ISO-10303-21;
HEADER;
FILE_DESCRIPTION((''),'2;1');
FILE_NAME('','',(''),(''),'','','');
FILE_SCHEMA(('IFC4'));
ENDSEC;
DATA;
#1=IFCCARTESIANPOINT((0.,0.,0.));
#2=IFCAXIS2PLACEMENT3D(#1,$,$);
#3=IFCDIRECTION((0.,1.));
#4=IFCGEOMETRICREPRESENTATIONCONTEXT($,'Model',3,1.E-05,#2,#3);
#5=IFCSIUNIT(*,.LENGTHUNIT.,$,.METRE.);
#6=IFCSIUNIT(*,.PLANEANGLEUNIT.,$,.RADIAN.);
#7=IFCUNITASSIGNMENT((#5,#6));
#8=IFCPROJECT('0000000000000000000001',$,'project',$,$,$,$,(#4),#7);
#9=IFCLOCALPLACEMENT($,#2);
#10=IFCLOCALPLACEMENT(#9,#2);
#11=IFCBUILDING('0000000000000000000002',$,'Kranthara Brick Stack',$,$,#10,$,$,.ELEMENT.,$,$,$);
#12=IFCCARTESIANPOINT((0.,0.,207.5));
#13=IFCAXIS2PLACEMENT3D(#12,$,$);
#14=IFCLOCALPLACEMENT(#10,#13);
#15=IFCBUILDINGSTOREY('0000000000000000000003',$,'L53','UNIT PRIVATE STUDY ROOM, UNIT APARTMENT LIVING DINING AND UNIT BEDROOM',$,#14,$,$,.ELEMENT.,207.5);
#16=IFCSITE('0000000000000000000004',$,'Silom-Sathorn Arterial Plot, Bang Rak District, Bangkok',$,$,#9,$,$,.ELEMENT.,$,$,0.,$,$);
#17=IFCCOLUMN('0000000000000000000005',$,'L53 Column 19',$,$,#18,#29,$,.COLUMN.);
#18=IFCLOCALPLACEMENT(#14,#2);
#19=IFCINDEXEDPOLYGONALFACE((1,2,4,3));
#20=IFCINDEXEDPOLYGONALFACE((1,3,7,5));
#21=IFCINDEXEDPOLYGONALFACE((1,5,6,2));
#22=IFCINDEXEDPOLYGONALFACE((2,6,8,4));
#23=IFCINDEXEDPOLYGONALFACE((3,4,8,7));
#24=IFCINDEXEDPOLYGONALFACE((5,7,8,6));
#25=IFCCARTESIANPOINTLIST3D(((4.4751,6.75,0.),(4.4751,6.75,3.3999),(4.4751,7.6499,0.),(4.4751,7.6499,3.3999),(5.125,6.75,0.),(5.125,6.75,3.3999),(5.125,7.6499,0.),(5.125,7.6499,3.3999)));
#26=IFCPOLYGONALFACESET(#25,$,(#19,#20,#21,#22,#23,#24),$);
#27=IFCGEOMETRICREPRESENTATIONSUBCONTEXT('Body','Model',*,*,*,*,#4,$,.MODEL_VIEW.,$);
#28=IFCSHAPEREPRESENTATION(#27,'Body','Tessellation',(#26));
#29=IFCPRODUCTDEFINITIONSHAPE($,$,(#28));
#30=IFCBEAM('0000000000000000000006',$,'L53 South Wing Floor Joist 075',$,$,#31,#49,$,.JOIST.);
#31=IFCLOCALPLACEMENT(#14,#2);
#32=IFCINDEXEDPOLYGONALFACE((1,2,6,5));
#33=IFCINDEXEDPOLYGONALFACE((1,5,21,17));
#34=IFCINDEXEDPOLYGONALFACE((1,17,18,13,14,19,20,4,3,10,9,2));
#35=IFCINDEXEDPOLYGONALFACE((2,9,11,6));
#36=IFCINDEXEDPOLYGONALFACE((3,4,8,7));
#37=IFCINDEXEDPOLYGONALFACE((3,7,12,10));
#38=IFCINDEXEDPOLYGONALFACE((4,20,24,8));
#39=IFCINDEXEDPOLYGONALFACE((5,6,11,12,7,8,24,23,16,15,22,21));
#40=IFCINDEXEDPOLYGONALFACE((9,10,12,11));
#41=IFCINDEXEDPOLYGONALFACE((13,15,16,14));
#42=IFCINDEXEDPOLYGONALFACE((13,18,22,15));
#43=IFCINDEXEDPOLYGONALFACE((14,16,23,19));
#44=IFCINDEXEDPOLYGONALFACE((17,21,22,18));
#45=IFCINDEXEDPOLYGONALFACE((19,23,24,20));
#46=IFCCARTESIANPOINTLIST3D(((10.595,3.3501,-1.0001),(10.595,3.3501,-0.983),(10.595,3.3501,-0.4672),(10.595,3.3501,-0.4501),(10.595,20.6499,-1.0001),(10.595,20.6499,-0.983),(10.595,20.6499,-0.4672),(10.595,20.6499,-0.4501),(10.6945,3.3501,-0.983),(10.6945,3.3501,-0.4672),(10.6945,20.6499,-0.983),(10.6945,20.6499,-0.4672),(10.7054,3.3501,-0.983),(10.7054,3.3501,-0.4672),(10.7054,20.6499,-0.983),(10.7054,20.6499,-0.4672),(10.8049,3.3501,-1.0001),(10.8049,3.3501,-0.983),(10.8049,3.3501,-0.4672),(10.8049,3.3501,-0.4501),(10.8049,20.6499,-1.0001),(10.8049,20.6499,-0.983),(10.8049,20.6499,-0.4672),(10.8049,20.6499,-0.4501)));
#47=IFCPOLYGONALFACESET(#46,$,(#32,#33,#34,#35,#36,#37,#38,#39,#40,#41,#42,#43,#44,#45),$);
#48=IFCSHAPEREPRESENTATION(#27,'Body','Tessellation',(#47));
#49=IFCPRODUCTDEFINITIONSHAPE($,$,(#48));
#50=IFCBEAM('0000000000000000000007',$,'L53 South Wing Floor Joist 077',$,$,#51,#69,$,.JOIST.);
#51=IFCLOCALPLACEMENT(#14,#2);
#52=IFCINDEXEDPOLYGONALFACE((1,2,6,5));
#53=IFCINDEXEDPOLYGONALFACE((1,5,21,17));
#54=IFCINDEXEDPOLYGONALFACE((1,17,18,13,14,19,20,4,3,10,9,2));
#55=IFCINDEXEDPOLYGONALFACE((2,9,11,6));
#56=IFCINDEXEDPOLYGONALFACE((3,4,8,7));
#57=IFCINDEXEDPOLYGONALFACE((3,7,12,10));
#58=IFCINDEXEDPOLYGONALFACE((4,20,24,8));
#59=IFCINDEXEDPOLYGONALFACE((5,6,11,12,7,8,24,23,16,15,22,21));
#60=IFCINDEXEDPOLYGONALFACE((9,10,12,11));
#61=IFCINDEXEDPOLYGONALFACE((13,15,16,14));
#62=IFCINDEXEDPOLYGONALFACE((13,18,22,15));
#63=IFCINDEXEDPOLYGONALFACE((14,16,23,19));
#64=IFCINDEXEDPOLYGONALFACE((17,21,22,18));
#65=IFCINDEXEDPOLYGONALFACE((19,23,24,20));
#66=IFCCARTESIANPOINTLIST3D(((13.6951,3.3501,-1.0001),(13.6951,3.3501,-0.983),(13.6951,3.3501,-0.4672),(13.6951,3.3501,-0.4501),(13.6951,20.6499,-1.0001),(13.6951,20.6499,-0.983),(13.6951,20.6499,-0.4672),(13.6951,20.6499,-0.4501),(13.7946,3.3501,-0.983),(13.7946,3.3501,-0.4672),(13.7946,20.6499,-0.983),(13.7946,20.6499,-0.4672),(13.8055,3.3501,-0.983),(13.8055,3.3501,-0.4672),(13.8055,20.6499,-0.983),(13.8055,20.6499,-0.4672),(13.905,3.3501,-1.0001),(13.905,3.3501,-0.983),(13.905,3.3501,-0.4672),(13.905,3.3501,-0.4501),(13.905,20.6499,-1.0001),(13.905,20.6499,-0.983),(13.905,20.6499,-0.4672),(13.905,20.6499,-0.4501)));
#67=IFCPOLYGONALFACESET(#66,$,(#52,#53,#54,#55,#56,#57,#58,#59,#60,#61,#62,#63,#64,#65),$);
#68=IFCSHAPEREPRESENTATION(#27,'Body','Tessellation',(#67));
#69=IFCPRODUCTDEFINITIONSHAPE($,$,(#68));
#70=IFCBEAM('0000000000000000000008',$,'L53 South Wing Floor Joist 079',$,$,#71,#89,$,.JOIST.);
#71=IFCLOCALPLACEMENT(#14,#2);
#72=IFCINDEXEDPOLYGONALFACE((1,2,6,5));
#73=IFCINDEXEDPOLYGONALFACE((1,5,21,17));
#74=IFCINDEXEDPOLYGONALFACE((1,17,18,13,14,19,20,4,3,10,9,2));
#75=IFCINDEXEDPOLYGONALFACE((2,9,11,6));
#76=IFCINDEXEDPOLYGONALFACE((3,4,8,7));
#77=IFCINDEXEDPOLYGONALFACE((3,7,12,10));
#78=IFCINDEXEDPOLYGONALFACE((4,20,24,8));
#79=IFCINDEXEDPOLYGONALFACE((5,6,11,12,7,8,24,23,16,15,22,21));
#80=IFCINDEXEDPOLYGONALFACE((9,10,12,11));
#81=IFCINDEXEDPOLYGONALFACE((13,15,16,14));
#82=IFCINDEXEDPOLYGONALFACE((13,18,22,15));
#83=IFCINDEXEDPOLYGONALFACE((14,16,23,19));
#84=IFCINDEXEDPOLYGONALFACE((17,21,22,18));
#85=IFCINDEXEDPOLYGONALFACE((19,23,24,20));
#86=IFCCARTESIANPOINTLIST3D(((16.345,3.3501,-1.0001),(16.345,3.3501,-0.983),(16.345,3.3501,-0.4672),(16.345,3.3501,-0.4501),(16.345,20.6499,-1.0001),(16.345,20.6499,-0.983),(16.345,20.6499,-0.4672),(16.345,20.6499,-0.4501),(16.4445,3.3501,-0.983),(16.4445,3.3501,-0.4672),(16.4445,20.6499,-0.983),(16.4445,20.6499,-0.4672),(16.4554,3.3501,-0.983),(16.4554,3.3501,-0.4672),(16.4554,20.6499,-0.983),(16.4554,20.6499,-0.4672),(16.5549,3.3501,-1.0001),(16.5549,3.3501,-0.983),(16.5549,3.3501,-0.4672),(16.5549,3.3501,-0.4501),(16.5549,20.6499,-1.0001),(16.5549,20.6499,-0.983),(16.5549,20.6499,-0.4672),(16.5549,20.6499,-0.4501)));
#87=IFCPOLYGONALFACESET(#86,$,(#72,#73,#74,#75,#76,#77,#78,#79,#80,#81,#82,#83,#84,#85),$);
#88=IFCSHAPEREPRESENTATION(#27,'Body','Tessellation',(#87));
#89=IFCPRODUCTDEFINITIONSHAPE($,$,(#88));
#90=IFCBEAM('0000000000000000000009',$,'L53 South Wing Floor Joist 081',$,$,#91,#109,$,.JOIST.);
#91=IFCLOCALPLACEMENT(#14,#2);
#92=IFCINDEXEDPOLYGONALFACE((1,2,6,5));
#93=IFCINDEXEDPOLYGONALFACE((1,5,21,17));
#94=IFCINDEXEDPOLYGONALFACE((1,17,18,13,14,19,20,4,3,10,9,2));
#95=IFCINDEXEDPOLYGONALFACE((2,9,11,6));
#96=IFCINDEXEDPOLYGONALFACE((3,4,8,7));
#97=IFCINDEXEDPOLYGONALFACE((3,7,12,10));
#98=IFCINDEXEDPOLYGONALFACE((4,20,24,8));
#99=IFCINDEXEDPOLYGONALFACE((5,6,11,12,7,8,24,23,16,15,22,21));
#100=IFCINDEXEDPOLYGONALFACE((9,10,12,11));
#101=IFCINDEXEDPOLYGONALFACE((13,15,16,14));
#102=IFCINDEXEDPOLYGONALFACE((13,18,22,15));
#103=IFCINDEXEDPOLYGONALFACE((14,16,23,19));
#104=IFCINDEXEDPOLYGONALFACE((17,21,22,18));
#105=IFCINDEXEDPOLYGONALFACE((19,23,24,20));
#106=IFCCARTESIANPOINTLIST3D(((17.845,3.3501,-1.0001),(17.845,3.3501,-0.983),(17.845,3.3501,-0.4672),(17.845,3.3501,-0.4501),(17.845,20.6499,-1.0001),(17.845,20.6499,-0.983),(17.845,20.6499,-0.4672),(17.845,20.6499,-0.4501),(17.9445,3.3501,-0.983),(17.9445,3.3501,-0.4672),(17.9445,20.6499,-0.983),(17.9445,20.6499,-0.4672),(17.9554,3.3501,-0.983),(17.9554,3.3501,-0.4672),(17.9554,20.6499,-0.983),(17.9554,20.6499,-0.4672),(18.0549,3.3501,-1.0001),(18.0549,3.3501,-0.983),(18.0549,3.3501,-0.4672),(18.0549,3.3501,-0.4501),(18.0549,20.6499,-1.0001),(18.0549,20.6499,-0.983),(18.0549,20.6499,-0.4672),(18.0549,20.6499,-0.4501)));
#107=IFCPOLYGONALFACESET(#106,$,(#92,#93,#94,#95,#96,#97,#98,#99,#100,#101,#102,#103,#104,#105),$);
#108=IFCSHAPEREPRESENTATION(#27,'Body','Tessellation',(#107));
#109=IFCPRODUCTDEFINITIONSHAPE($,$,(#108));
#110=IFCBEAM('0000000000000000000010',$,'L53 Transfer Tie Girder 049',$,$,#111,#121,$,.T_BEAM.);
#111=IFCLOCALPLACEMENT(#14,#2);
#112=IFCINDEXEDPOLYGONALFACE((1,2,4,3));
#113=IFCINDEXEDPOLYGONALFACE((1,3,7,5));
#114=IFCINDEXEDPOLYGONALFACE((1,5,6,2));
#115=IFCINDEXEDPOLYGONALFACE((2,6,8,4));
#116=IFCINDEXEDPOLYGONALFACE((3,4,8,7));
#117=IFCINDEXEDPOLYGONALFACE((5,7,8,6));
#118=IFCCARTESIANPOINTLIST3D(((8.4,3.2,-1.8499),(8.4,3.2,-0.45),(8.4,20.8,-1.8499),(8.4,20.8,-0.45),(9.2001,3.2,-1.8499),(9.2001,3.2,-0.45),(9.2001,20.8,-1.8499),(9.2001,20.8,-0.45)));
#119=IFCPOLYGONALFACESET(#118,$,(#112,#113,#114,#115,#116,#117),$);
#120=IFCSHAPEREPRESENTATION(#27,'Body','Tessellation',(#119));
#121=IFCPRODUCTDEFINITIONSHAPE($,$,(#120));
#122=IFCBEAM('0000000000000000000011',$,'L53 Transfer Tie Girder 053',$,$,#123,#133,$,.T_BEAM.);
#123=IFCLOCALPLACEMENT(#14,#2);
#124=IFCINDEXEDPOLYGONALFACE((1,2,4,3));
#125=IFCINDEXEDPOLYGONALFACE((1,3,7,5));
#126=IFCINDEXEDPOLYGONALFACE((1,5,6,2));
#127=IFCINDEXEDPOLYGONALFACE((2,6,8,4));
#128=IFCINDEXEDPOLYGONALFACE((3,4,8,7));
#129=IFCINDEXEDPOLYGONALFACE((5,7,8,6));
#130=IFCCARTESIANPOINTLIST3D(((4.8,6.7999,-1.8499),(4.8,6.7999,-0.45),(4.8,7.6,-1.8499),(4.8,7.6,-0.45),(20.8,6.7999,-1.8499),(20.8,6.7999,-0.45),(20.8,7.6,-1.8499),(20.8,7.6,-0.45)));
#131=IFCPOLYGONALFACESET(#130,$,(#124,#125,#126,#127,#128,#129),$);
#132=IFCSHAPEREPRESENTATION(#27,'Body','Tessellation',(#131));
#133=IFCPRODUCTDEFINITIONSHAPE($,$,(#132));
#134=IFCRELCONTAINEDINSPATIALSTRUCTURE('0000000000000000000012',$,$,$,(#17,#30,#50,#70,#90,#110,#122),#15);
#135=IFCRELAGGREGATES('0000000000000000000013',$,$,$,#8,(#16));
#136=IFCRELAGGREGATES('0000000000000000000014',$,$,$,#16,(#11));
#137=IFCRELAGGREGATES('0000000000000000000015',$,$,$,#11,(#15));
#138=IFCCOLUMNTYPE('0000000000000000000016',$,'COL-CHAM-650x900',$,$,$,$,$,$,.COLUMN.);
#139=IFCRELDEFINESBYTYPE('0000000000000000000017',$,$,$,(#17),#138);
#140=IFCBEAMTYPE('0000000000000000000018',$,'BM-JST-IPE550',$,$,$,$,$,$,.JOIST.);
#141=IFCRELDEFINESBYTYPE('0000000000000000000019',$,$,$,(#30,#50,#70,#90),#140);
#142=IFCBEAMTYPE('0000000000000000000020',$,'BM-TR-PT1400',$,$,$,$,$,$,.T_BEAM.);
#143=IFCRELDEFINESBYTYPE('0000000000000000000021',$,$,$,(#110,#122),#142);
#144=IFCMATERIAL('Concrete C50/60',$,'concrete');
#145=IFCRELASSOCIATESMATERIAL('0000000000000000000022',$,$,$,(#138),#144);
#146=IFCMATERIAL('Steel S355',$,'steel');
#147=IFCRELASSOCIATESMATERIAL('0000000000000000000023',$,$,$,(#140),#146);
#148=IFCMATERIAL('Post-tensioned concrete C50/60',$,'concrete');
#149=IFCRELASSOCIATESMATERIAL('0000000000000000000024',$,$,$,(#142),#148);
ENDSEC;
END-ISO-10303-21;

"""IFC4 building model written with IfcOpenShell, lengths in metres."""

from ifc_helpers import new_model, si_unit, direction, frame, origin, origin_2d, place, context, subcontext, project, spatial, rectangle, i_section, extrude, material, material_profile, profile_set, type_object, element, save


model = new_model("IFC4")

# Units and contexts
model_context = context("Model", 3, precision=1e-05, world=origin(), true_north=direction((0.0, 1.0)))
body_context = subcontext(model_context, "Body", "Model", "MODEL_VIEW")
ifc_project = project(units=[si_unit("LENGTHUNIT", "METRE"), si_unit("PLANEANGLEUNIT", "RADIAN")], contexts=[model_context])

# Site, building, storey
site_placement = place(None, origin())
site = spatial("IfcSite", under=ifc_project, at=site_placement, Name="Silom-Sathorn Arterial Plot, Bang Rak District, Bangkok", CompositionType="ELEMENT", RefElevation=0.0)
building_placement = place(site_placement, origin())
building = spatial("IfcBuilding", under=site, at=building_placement, Name="Kranthara Brick Stack", CompositionType="ELEMENT")
storey_placement = place(building_placement, frame((0.0, 0.0, 207.5)))
storey = spatial("IfcBuildingStorey", under=building, at=storey_placement, Name="L53", Description="UNIT PRIVATE STUDY ROOM, UNIT APARTMENT LIVING DINING AND UNIT BEDROOM", CompositionType="ELEMENT", Elevation=207.5)

# Column
ifc_material_1 = material(Name="Concrete C50/60", Category="concrete")
ifc_material_profile_1 = material_profile(ifc_material_1, rectangle(XDim=0.6499, YDim=0.8999, at=origin_2d()), Name="RC 650x900")
ifc_profile_set_1 = profile_set([ifc_material_profile_1], Name="Concrete C50/60")
column_type = type_object("IfcColumnType", Name="COL-CHAM-650x900", PredefinedType="COLUMN", material=ifc_profile_set_1)
column_placement = place(storey_placement, frame((4.8, 7.2, 0.0), z_axis=(0.0, 0.0, 1.0), x_axis=(1.0, 0.0, 0.0)))
element("IfcColumn", 1, at=column_placement, inside=storey, type_object=column_type, Name="L53 Column 19", PredefinedType="COLUMN", context=body_context, shape_type="SweptSolid", body=[
    extrude(rectangle(XDim=0.6499, YDim=0.8999, at=origin_2d()), origin(), (0.0, 0.0, 1.0), 3.3999),
])

# Beams
ifc_material_2 = material(Name="Steel S355", Category="steel")
ifc_material_profile_2 = material_profile(ifc_material_2, i_section(OverallWidth=0.21, OverallDepth=0.55, WebThickness=0.011, FlangeThickness=0.0171, at=origin_2d()), Name="IPE 550")
ifc_profile_set_2 = profile_set([ifc_material_profile_2], Name="Steel S355")
beam_type_1 = type_object("IfcBeamType", Name="BM-JST-IPE550", PredefinedType="JOIST", material=ifc_profile_set_2)
for number, where, z_axis, x_axis, name in (
    (2, (10.7, 3.3501, -0.7251), (0.0, 1.0, 0.0), (-1.0, 0.0, 0.0), "L53 South Wing Floor Joist 075"),
    (3, (13.8, 3.3501, -0.7251), (0.0, 1.0, 0.0), (-1.0, 0.0, 0.0), "L53 South Wing Floor Joist 077"),
    (4, (16.45, 3.3501, -0.7251), (0.0, 1.0, 0.0), (-1.0, 0.0, 0.0), "L53 South Wing Floor Joist 079"),
    (5, (17.95, 3.3501, -0.7251), (0.0, 1.0, 0.0), (-1.0, 0.0, 0.0), "L53 South Wing Floor Joist 081"),
):
    element("IfcBeam", number, at=place(storey_placement, frame(where, z_axis=z_axis, x_axis=x_axis)), inside=storey, type_object=beam_type_1, Name=name, PredefinedType="JOIST", context=body_context, shape_type="SweptSolid", body=[
        extrude(i_section(OverallWidth=0.21, OverallDepth=0.55, WebThickness=0.011, FlangeThickness=0.0171, at=origin_2d()), origin(), (0.0, 0.0, 1.0), 17.2998),
    ])
ifc_material_3 = material(Name="Post-tensioned concrete C50/60", Category="concrete")
ifc_material_profile_3 = material_profile(ifc_material_3, rectangle(XDim=0.8, YDim=1.3999, at=origin_2d()), Name="PT 800x1400")
ifc_profile_set_3 = profile_set([ifc_material_profile_3], Name="Post-tensioned concrete C50/60")
beam_type_2 = type_object("IfcBeamType", Name="BM-TR-PT1400", PredefinedType="T_BEAM", material=ifc_profile_set_3)
beam_1_placement = place(storey_placement, frame((8.8, 3.2, -1.1499), z_axis=(0.0, 1.0, 0.0), x_axis=(-1.0, 0.0, 0.0)))
element("IfcBeam", 6, at=beam_1_placement, inside=storey, type_object=beam_type_2, Name="L53 Transfer Tie Girder 049", PredefinedType="T_BEAM", context=body_context, shape_type="SweptSolid", body=[
    extrude(rectangle(XDim=0.8, YDim=1.3999, at=origin_2d()), origin(), (0.0, 0.0, 1.0), 17.6001),
])
beam_2_placement = place(storey_placement, frame((4.8, 7.2, -1.1499), z_axis=(1.0, 0.0, 0.0), x_axis=(0.0, 1.0, 0.0)))
element("IfcBeam", 7, at=beam_2_placement, inside=storey, type_object=beam_type_2, Name="L53 Transfer Tie Girder 053", PredefinedType="T_BEAM", context=body_context, shape_type="SweptSolid", body=[
    extrude(rectangle(XDim=0.8, YDim=1.3999, at=origin_2d()), origin(), (0.0, 0.0, 1.0), 16.0),
])

save(model, "model.ifc")
